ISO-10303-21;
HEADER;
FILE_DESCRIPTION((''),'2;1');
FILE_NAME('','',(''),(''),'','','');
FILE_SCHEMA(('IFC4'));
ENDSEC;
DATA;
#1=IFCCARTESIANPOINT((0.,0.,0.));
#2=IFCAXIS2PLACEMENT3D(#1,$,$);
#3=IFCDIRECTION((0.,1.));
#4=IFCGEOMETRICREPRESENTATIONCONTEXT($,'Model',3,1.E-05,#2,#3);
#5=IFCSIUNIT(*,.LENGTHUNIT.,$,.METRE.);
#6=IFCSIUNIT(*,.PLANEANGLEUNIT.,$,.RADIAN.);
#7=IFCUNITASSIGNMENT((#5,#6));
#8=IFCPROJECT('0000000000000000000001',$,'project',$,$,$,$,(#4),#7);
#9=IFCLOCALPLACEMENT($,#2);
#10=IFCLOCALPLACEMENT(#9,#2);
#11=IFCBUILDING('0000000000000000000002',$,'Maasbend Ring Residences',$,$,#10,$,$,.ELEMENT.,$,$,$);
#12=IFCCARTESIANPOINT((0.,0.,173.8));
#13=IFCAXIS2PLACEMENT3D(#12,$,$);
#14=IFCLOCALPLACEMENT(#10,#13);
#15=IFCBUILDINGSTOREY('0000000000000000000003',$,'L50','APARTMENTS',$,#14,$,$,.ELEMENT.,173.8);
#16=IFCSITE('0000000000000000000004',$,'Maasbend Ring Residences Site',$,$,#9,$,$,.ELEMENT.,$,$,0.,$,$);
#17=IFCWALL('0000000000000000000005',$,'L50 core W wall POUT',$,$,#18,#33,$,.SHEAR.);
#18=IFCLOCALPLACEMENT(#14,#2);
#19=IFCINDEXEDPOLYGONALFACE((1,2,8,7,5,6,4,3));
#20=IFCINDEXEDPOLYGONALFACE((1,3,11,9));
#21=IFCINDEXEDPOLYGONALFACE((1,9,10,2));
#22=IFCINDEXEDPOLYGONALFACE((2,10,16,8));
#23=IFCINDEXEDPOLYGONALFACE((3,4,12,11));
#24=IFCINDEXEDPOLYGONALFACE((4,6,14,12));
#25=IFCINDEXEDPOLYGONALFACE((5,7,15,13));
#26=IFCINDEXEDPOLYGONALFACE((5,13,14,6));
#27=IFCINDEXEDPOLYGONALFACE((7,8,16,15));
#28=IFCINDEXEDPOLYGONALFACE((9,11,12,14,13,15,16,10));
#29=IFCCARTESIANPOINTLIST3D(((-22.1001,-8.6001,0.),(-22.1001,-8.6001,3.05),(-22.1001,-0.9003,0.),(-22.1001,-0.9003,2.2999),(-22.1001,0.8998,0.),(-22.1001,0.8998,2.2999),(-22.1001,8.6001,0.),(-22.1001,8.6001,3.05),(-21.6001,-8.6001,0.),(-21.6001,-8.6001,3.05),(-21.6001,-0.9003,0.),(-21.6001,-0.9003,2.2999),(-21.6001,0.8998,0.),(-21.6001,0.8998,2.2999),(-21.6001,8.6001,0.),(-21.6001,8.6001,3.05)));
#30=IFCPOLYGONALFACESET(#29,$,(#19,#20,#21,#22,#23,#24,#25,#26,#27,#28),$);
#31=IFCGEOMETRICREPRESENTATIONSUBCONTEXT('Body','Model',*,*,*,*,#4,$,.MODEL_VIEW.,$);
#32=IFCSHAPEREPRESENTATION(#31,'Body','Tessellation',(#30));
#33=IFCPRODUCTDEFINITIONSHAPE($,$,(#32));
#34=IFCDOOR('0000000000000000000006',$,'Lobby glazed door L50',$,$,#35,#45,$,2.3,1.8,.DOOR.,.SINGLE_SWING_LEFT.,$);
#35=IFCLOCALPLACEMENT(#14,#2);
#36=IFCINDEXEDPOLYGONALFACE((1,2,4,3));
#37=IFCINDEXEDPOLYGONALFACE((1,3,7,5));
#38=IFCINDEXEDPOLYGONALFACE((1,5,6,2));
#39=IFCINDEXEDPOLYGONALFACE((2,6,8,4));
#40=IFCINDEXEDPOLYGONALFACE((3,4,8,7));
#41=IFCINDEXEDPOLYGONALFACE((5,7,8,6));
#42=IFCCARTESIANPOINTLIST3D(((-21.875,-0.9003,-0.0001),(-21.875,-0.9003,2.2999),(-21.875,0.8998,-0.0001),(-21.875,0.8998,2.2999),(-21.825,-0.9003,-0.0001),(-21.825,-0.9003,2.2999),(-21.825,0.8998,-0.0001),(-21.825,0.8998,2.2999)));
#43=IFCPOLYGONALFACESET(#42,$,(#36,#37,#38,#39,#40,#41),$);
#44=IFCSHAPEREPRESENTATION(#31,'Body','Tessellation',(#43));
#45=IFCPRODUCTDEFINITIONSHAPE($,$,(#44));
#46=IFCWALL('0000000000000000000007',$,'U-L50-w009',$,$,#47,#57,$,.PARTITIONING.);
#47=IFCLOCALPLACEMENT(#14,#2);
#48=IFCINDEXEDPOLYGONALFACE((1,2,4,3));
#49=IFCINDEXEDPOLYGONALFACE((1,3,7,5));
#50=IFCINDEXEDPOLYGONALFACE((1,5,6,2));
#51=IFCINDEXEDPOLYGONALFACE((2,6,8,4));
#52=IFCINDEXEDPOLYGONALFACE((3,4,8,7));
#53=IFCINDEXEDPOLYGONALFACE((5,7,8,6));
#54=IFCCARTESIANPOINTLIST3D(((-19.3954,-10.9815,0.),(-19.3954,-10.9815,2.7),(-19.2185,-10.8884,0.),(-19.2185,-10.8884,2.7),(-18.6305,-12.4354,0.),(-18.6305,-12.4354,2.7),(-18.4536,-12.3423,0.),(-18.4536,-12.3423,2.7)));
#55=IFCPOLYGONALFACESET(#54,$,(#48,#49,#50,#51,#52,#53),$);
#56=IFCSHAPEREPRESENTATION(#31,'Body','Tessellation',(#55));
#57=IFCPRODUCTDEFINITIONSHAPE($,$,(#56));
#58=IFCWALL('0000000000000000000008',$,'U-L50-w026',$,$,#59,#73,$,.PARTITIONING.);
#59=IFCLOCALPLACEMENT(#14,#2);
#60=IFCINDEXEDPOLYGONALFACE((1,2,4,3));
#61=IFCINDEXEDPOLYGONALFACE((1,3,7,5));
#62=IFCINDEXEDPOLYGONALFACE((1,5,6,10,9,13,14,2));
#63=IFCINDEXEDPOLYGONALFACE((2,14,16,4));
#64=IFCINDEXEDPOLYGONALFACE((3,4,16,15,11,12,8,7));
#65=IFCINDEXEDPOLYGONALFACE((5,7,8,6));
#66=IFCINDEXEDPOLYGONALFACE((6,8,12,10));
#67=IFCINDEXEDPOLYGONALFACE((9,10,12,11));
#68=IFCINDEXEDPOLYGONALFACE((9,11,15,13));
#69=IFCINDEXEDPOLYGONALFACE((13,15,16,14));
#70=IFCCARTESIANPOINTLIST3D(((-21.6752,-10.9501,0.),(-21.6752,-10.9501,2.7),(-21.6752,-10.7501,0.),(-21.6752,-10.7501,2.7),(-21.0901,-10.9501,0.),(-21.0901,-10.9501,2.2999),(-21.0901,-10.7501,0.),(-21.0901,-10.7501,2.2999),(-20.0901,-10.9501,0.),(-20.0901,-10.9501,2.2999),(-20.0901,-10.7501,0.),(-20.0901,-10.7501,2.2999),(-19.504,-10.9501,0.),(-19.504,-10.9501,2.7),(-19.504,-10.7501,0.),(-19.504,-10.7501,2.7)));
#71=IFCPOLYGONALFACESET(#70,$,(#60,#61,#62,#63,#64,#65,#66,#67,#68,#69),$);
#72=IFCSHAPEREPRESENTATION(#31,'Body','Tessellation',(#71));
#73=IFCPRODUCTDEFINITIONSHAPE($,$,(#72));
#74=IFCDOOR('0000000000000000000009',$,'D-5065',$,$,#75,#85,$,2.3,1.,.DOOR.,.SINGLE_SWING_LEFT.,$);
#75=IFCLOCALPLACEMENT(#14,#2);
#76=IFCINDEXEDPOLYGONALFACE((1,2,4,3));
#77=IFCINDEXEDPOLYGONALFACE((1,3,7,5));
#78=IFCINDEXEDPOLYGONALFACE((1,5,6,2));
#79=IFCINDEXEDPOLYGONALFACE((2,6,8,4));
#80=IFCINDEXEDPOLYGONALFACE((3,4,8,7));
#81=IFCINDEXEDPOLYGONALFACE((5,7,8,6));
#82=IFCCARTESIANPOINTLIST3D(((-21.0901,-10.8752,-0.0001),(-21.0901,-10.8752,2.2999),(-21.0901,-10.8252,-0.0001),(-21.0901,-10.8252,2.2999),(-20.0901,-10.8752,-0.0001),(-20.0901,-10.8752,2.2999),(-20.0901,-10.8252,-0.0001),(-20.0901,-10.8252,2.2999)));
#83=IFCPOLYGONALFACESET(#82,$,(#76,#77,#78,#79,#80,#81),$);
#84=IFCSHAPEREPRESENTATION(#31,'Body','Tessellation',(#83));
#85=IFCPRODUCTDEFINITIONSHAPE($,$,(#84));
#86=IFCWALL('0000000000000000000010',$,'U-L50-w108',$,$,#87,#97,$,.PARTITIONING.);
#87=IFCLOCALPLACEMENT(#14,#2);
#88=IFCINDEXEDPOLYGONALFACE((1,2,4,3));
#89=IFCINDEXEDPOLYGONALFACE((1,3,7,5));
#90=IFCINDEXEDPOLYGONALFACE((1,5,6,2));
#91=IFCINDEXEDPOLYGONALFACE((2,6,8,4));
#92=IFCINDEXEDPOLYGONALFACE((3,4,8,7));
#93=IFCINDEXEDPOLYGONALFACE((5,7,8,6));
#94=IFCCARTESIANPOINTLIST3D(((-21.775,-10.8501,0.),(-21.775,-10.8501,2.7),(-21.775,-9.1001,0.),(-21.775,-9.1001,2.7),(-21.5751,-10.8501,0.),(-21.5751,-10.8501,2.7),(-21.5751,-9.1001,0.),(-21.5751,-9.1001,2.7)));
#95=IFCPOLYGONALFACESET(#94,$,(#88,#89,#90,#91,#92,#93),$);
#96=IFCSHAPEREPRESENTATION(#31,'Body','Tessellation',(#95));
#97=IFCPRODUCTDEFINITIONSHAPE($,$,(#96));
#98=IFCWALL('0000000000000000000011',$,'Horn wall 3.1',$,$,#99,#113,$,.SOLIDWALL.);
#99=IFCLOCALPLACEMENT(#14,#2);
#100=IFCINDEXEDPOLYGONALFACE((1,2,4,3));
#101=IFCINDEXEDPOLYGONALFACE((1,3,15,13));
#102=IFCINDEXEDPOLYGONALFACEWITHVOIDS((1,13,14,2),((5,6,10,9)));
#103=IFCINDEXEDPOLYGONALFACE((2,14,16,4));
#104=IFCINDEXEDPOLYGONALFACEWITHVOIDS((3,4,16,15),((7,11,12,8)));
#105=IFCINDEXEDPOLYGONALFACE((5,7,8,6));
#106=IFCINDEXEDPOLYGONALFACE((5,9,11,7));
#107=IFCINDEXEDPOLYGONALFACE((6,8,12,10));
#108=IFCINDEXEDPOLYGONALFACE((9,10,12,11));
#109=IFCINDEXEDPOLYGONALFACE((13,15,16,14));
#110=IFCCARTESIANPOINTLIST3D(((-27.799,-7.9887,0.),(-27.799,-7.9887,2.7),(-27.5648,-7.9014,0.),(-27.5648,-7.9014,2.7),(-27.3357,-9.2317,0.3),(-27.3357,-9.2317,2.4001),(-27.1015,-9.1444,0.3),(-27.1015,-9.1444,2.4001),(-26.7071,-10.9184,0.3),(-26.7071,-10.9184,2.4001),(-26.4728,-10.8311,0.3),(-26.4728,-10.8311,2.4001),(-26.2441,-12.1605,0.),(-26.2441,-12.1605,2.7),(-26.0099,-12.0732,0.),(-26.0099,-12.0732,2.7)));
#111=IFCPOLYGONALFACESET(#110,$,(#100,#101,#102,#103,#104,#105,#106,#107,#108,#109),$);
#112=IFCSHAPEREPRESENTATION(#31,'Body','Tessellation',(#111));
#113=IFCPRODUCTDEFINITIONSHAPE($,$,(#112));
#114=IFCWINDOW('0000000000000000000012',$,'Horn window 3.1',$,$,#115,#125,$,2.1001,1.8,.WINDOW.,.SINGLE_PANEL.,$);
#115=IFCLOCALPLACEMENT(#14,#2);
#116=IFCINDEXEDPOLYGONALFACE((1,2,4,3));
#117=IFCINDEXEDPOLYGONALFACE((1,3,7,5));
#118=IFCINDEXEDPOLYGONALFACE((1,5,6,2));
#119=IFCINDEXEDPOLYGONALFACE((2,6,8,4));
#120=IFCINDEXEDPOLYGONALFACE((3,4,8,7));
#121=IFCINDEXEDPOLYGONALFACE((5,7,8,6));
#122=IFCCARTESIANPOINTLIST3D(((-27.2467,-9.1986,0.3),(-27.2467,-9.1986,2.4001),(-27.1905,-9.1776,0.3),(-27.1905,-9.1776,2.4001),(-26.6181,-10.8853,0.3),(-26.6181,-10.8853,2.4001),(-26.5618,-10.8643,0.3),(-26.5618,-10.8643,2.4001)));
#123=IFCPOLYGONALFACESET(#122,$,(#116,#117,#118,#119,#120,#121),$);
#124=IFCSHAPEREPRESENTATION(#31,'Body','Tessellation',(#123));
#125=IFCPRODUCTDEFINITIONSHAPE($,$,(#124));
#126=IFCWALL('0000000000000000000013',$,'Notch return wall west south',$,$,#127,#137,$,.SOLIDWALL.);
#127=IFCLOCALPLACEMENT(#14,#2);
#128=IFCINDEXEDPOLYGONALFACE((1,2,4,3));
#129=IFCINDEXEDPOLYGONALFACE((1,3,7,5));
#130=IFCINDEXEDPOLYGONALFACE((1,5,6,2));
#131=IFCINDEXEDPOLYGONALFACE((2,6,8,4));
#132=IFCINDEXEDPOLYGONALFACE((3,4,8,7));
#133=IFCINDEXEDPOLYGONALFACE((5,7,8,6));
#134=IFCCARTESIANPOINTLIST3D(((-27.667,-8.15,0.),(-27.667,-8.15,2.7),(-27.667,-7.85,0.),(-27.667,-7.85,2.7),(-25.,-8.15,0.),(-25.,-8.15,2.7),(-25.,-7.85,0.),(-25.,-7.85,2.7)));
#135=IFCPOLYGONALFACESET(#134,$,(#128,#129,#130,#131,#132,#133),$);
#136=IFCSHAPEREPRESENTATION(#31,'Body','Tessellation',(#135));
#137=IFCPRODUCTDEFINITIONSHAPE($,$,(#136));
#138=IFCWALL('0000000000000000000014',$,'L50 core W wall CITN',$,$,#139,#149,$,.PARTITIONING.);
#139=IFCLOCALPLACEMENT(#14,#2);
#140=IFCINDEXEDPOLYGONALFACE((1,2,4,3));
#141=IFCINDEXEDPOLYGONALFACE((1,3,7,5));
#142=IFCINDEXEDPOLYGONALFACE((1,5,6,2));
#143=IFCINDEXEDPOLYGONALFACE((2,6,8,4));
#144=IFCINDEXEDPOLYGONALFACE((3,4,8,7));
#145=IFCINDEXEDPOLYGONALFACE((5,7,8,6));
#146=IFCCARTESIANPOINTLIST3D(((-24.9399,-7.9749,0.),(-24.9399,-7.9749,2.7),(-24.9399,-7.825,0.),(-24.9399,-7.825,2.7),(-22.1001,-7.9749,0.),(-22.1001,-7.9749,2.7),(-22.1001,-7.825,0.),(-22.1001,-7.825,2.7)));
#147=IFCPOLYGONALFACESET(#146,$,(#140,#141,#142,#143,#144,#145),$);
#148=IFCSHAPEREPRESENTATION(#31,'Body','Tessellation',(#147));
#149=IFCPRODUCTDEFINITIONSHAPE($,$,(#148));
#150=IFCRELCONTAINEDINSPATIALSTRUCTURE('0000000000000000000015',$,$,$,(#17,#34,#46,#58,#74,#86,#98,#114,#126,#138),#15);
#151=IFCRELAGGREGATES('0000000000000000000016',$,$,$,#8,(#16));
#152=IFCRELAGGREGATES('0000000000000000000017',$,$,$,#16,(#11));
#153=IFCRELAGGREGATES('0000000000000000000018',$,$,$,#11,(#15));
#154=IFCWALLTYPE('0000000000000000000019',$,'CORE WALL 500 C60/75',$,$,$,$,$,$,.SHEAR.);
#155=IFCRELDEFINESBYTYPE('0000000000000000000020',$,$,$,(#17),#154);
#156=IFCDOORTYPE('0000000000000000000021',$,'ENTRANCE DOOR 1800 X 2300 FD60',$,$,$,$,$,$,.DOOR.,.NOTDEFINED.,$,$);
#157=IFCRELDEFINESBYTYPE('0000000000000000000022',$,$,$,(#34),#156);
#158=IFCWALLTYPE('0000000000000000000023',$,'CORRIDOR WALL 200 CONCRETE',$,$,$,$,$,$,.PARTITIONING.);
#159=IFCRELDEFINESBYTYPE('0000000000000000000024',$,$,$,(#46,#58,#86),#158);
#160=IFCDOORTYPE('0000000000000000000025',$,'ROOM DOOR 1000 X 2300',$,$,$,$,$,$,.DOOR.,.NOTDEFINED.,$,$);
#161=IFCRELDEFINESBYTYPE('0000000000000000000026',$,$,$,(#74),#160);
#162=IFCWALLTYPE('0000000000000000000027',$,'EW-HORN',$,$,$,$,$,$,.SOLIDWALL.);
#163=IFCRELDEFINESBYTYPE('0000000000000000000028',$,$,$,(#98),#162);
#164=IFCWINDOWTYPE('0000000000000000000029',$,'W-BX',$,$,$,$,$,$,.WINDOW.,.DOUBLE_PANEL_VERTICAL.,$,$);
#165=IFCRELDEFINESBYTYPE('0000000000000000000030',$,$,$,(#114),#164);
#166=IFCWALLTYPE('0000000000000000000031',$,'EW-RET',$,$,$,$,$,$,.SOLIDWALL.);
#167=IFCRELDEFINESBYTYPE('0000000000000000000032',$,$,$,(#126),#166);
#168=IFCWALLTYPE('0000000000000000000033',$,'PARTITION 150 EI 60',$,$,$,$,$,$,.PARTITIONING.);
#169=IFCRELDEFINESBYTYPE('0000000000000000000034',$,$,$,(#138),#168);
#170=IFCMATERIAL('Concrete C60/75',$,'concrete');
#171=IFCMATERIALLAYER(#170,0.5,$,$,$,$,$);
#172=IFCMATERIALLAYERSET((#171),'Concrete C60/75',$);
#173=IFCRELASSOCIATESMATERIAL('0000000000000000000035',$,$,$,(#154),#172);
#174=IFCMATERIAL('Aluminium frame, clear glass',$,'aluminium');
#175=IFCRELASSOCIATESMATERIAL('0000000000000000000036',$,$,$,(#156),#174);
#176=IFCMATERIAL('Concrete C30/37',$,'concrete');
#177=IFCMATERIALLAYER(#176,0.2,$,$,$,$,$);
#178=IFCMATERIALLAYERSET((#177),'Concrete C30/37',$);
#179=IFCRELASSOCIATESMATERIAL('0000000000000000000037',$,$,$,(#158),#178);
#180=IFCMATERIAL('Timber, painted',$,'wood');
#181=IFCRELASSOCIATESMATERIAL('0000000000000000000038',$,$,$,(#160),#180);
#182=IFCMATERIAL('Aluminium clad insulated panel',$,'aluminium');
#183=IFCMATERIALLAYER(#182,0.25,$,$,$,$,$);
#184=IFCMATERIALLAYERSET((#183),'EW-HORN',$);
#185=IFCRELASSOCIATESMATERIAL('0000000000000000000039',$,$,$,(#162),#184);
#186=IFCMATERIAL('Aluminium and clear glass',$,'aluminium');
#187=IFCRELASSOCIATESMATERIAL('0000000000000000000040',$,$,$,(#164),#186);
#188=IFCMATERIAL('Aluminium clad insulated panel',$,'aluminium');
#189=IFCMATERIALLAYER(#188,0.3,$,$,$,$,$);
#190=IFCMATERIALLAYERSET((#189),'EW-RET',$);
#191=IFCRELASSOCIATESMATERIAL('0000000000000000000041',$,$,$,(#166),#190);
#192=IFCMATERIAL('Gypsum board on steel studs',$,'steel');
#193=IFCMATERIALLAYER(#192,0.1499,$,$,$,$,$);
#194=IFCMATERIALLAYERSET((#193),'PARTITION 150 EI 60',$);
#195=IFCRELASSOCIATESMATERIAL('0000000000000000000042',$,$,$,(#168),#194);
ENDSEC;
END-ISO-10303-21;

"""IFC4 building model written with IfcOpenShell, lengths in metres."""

from ifc_helpers import new_model, si_unit, direction, frame, frame_2d, origin, place, context, subcontext, project, spatial, rectangle, extrude, material, layer, layer_set, type_object, element, fill, save


model = new_model("IFC4")

# Units and contexts
model_context = context("Model", 3, precision=1e-05, world=origin(), true_north=direction((0.0, 1.0)))
body_context = subcontext(model_context, "Body", "Model", "MODEL_VIEW")
ifc_project = project(units=[si_unit("LENGTHUNIT", "METRE"), si_unit("PLANEANGLEUNIT", "RADIAN")], contexts=[model_context])

# Site, building, storey
site_placement = place(None, origin())
site = spatial("IfcSite", under=ifc_project, at=site_placement, Name="Maasbend Ring Residences Site", CompositionType="ELEMENT", RefElevation=0.0)
building_placement = place(site_placement, origin())
building = spatial("IfcBuilding", under=site, at=building_placement, Name="Maasbend Ring Residences", CompositionType="ELEMENT")
storey_placement = place(building_placement, frame((0.0, 0.0, 173.8)))
storey = spatial("IfcBuildingStorey", under=building, at=storey_placement, Name="L50", Description="APARTMENTS", CompositionType="ELEMENT", Elevation=173.8)

# Wall, opening, door
ifc_material_1 = material(Name="Concrete C60/75", Category="concrete")
ifc_layer_1 = layer(ifc_material_1, 0.5)
ifc_layer_set_1 = layer_set([ifc_layer_1], Name="Concrete C60/75")
wall_type_1 = type_object("IfcWallType", Name="CORE WALL 500 C60/75", PredefinedType="SHEAR", material=ifc_layer_set_1)
wall_1_placement = place(storey_placement, frame((-21.8501, -8.6001, 0.0), z_axis=(0.0, 0.0, 1.0), x_axis=(0.0, 1.0, 0.0)))
wall_1 = element("IfcWall", 1, at=wall_1_placement, inside=storey, type_object=wall_type_1, Name="L50 core W wall POUT", PredefinedType="SHEAR", context=body_context, shape_type="SweptSolid", body=[
    extrude(rectangle(XDim=17.2002, YDim=0.5, at=frame_2d((8.6001, 0.0))), origin(), (0.0, 0.0, 1.0), 3.05),
])
opening_1_placement = place(wall_1_placement, frame((7.7, 0.0, 0.0)))
opening_1 = element("IfcOpeningElement", 2, at=opening_1_placement, cuts=wall_1, PredefinedType="OPENING", context=body_context, shape_type="SweptSolid", body=[
    extrude(rectangle(XDim=1.8, YDim=2.3, at=frame_2d((0.8999, 1.1499))), frame((0.0, 0.26, 0.0), z_axis=(0.0, -1.0, 0.0), x_axis=(1.0, 0.0, 0.0)), (0.0, 0.0, 1.0), 0.52),
])
ifc_material_2 = material(Name="Aluminium frame, clear glass", Category="aluminium")
door_type_1 = type_object("IfcDoorType", Name="ENTRANCE DOOR 1800 X 2300 FD60", OperationType="NOTDEFINED", PredefinedType="DOOR", material=ifc_material_2)
door_1_placement = place(opening_1_placement, origin())
door_1 = element("IfcDoor", 3, at=door_1_placement, inside=storey, type_object=door_type_1, Name="Lobby glazed door L50", OperationType="SINGLE_SWING_LEFT", OverallHeight=2.3, OverallWidth=1.8, PredefinedType="DOOR", context=body_context, shape_type="SweptSolid", body=[
    extrude(rectangle(XDim=1.8, YDim=2.3, at=frame_2d((0.8999, 1.1499))), frame((0.0, 0.0249, 0.0), z_axis=(0.0, -1.0, 0.0), x_axis=(1.0, 0.0, 0.0)), (0.0, 0.0, 1.0), 0.05),
])
fill(opening_1, door_1)

# Wall
ifc_material_3 = material(Name="Concrete C30/37", Category="concrete")
ifc_layer_2 = layer(ifc_material_3, 0.2)
ifc_layer_set_2 = layer_set([ifc_layer_2], Name="Concrete C30/37")
wall_type_2 = type_object("IfcWallType", Name="CORRIDOR WALL 200 CONCRETE", PredefinedType="PARTITIONING", material=ifc_layer_set_2)
wall_2_placement = place(storey_placement, frame((-19.3069, -10.9351, 0.0), z_axis=(0.0, 0.0, 1.0), x_axis=(0.465606, -0.884992, 0.0)))
element("IfcWall", 4, at=wall_2_placement, inside=storey, type_object=wall_type_2, Name="U-L50-w009", PredefinedType="PARTITIONING", context=body_context, shape_type="SweptSolid", body=[
    extrude(rectangle(XDim=1.6428, YDim=0.2, at=frame_2d((0.8213, 0.0))), origin(), (0.0, 0.0, 1.0), 2.7),
])

# Wall, opening, door
wall_3_placement = place(storey_placement, frame((-21.675, -10.8501, 0.0), z_axis=(0.0, 0.0, 1.0), x_axis=(1.0, 0.0, 0.0)))
wall_3 = element("IfcWall", 5, at=wall_3_placement, inside=storey, type_object=wall_type_2, Name="U-L50-w026", PredefinedType="PARTITIONING", context=body_context, shape_type="SweptSolid", body=[
    extrude(rectangle(XDim=2.1711, YDim=0.2, at=frame_2d((1.0854, 0.0))), origin(), (0.0, 0.0, 1.0), 2.7),
])
opening_2_placement = place(wall_3_placement, frame((0.585, 0.0, 0.0)))
opening_2 = element("IfcOpeningElement", 6, at=opening_2_placement, cuts=wall_3, PredefinedType="OPENING", context=body_context, shape_type="SweptSolid", body=[
    extrude(rectangle(XDim=1.0, YDim=2.3, at=frame_2d((0.5, 1.1499))), frame((0.0, 0.1099, 0.0), z_axis=(0.0, -1.0, 0.0), x_axis=(1.0, 0.0, 0.0)), (0.0, 0.0, 1.0), 0.22),
])
ifc_material_4 = material(Name="Timber, painted", Category="wood")
door_type_2 = type_object("IfcDoorType", Name="ROOM DOOR 1000 X 2300", OperationType="NOTDEFINED", PredefinedType="DOOR", material=ifc_material_4)
door_2_placement = place(opening_2_placement, origin())
door_2 = element("IfcDoor", 7, at=door_2_placement, inside=storey, type_object=door_type_2, Name="D-5065", OperationType="SINGLE_SWING_LEFT", OverallHeight=2.3, OverallWidth=1.0, PredefinedType="DOOR", context=body_context, shape_type="SweptSolid", body=[
    extrude(rectangle(XDim=1.0, YDim=2.3, at=frame_2d((0.5, 1.1499))), frame((0.0, 0.0249, 0.0), z_axis=(0.0, -1.0, 0.0), x_axis=(1.0, 0.0, 0.0)), (0.0, 0.0, 1.0), 0.05),
])
fill(opening_2, door_2)

# Wall
wall_4_placement = place(storey_placement, frame((-21.675, -10.8501, 0.0), z_axis=(0.0, 0.0, 1.0), x_axis=(0.0, 1.0, 0.0)))
element("IfcWall", 8, at=wall_4_placement, inside=storey, type_object=wall_type_2, Name="U-L50-w108", PredefinedType="PARTITIONING", context=body_context, shape_type="SweptSolid", body=[
    extrude(rectangle(XDim=1.75, YDim=0.2, at=frame_2d((0.875, 0.0))), origin(), (0.0, 0.0, 1.0), 2.7),
])

# Wall, opening, window
ifc_material_5 = material(Name="Aluminium clad insulated panel", Category="aluminium")
ifc_layer_3 = layer(ifc_material_5, 0.25)
ifc_layer_set_3 = layer_set([ifc_layer_3], Name="EW-HORN")
wall_type_3 = type_object("IfcWallType", Name="EW-HORN", PredefinedType="SOLIDWALL", material=ifc_layer_set_3)
wall_5_placement = place(storey_placement, frame((-27.6819, -7.9451, 0.0), z_axis=(0.0, 0.0, 1.0), x_axis=(0.349248, -0.93703, 0.0)))
wall_5 = element("IfcWall", 9, at=wall_5_placement, inside=storey, type_object=wall_type_3, Name="Horn wall 3.1", PredefinedType="SOLIDWALL", context=body_context, shape_type="SweptSolid", body=[
    extrude(rectangle(XDim=4.4521, YDim=0.25, at=frame_2d((2.2261, 0.0))), origin(), (0.0, 0.0, 1.0), 2.7),
])
opening_3_placement = place(wall_5_placement, frame((1.3267, 0.0, 0.3)))
opening_3 = element("IfcOpeningElement", 10, at=opening_3_placement, cuts=wall_5, PredefinedType="OPENING", context=body_context, shape_type="SweptSolid", body=[
    extrude(rectangle(XDim=1.8, YDim=2.1001, at=frame_2d((0.8999, 1.05))), frame((0.0, 0.135, 0.0), z_axis=(0.0, -1.0, 0.0), x_axis=(1.0, 0.0, 0.0)), (0.0, 0.0, 1.0), 0.27),
])
ifc_material_6 = material(Name="Aluminium and clear glass", Category="aluminium")
window_type = type_object("IfcWindowType", Name="W-BX", PartitioningType="DOUBLE_PANEL_VERTICAL", PredefinedType="WINDOW", material=ifc_material_6)
window_placement = place(opening_3_placement, origin())
window = element("IfcWindow", 11, at=window_placement, inside=storey, type_object=window_type, Name="Horn window 3.1", OverallHeight=2.1001, OverallWidth=1.8, PartitioningType="SINGLE_PANEL", PredefinedType="WINDOW", context=body_context, shape_type="SweptSolid", body=[
    extrude(rectangle(XDim=1.8, YDim=2.1001, at=frame_2d((0.8999, 1.05))), frame((0.0, 0.03, 0.0), z_axis=(0.0, -1.0, 0.0), x_axis=(1.0, 0.0, 0.0)), (0.0, 0.0, 1.0), 0.0601),
])
fill(opening_3, window)

# Walls
ifc_material_7 = material(Name="Aluminium clad insulated panel", Category="aluminium")
ifc_layer_4 = layer(ifc_material_7, 0.3)
ifc_layer_set_4 = layer_set([ifc_layer_4], Name="EW-RET")
wall_type_4 = type_object("IfcWallType", Name="EW-RET", PredefinedType="SOLIDWALL", material=ifc_layer_set_4)
wall_6_placement = place(storey_placement, frame((-25.0, -8.0, 0.0), z_axis=(0.0, 0.0, 1.0), x_axis=(-1.0, 0.0, 0.0)))
element("IfcWall", 12, at=wall_6_placement, inside=storey, type_object=wall_type_4, Name="Notch return wall west south", PredefinedType="SOLIDWALL", context=body_context, shape_type="SweptSolid", body=[
    extrude(rectangle(XDim=2.667, YDim=0.3, at=frame_2d((1.3335, 0.0))), origin(), (0.0, 0.0, 1.0), 2.7),
])
ifc_material_8 = material(Name="Gypsum board on steel studs", Category="steel")
ifc_layer_5 = layer(ifc_material_8, 0.1499)
ifc_layer_set_5 = layer_set([ifc_layer_5], Name="PARTITION 150 EI 60")
wall_type_5 = type_object("IfcWallType", Name="PARTITION 150 EI 60", PredefinedType="PARTITIONING", material=ifc_layer_set_5)
wall_7_placement = place(storey_placement, frame((-22.1001, -7.8999, 0.0), z_axis=(0.0, 0.0, 1.0), x_axis=(-1.0, 0.0, 0.0)))
element("IfcWall", 13, at=wall_7_placement, inside=storey, type_object=wall_type_5, Name="L50 core W wall CITN", PredefinedType="PARTITIONING", context=body_context, shape_type="SweptSolid", body=[
    extrude(rectangle(XDim=2.8398, YDim=0.1499, at=frame_2d((1.4199, 0.0))), origin(), (0.0, 0.0, 1.0), 2.7),
])

save(model, "model.ifc")
